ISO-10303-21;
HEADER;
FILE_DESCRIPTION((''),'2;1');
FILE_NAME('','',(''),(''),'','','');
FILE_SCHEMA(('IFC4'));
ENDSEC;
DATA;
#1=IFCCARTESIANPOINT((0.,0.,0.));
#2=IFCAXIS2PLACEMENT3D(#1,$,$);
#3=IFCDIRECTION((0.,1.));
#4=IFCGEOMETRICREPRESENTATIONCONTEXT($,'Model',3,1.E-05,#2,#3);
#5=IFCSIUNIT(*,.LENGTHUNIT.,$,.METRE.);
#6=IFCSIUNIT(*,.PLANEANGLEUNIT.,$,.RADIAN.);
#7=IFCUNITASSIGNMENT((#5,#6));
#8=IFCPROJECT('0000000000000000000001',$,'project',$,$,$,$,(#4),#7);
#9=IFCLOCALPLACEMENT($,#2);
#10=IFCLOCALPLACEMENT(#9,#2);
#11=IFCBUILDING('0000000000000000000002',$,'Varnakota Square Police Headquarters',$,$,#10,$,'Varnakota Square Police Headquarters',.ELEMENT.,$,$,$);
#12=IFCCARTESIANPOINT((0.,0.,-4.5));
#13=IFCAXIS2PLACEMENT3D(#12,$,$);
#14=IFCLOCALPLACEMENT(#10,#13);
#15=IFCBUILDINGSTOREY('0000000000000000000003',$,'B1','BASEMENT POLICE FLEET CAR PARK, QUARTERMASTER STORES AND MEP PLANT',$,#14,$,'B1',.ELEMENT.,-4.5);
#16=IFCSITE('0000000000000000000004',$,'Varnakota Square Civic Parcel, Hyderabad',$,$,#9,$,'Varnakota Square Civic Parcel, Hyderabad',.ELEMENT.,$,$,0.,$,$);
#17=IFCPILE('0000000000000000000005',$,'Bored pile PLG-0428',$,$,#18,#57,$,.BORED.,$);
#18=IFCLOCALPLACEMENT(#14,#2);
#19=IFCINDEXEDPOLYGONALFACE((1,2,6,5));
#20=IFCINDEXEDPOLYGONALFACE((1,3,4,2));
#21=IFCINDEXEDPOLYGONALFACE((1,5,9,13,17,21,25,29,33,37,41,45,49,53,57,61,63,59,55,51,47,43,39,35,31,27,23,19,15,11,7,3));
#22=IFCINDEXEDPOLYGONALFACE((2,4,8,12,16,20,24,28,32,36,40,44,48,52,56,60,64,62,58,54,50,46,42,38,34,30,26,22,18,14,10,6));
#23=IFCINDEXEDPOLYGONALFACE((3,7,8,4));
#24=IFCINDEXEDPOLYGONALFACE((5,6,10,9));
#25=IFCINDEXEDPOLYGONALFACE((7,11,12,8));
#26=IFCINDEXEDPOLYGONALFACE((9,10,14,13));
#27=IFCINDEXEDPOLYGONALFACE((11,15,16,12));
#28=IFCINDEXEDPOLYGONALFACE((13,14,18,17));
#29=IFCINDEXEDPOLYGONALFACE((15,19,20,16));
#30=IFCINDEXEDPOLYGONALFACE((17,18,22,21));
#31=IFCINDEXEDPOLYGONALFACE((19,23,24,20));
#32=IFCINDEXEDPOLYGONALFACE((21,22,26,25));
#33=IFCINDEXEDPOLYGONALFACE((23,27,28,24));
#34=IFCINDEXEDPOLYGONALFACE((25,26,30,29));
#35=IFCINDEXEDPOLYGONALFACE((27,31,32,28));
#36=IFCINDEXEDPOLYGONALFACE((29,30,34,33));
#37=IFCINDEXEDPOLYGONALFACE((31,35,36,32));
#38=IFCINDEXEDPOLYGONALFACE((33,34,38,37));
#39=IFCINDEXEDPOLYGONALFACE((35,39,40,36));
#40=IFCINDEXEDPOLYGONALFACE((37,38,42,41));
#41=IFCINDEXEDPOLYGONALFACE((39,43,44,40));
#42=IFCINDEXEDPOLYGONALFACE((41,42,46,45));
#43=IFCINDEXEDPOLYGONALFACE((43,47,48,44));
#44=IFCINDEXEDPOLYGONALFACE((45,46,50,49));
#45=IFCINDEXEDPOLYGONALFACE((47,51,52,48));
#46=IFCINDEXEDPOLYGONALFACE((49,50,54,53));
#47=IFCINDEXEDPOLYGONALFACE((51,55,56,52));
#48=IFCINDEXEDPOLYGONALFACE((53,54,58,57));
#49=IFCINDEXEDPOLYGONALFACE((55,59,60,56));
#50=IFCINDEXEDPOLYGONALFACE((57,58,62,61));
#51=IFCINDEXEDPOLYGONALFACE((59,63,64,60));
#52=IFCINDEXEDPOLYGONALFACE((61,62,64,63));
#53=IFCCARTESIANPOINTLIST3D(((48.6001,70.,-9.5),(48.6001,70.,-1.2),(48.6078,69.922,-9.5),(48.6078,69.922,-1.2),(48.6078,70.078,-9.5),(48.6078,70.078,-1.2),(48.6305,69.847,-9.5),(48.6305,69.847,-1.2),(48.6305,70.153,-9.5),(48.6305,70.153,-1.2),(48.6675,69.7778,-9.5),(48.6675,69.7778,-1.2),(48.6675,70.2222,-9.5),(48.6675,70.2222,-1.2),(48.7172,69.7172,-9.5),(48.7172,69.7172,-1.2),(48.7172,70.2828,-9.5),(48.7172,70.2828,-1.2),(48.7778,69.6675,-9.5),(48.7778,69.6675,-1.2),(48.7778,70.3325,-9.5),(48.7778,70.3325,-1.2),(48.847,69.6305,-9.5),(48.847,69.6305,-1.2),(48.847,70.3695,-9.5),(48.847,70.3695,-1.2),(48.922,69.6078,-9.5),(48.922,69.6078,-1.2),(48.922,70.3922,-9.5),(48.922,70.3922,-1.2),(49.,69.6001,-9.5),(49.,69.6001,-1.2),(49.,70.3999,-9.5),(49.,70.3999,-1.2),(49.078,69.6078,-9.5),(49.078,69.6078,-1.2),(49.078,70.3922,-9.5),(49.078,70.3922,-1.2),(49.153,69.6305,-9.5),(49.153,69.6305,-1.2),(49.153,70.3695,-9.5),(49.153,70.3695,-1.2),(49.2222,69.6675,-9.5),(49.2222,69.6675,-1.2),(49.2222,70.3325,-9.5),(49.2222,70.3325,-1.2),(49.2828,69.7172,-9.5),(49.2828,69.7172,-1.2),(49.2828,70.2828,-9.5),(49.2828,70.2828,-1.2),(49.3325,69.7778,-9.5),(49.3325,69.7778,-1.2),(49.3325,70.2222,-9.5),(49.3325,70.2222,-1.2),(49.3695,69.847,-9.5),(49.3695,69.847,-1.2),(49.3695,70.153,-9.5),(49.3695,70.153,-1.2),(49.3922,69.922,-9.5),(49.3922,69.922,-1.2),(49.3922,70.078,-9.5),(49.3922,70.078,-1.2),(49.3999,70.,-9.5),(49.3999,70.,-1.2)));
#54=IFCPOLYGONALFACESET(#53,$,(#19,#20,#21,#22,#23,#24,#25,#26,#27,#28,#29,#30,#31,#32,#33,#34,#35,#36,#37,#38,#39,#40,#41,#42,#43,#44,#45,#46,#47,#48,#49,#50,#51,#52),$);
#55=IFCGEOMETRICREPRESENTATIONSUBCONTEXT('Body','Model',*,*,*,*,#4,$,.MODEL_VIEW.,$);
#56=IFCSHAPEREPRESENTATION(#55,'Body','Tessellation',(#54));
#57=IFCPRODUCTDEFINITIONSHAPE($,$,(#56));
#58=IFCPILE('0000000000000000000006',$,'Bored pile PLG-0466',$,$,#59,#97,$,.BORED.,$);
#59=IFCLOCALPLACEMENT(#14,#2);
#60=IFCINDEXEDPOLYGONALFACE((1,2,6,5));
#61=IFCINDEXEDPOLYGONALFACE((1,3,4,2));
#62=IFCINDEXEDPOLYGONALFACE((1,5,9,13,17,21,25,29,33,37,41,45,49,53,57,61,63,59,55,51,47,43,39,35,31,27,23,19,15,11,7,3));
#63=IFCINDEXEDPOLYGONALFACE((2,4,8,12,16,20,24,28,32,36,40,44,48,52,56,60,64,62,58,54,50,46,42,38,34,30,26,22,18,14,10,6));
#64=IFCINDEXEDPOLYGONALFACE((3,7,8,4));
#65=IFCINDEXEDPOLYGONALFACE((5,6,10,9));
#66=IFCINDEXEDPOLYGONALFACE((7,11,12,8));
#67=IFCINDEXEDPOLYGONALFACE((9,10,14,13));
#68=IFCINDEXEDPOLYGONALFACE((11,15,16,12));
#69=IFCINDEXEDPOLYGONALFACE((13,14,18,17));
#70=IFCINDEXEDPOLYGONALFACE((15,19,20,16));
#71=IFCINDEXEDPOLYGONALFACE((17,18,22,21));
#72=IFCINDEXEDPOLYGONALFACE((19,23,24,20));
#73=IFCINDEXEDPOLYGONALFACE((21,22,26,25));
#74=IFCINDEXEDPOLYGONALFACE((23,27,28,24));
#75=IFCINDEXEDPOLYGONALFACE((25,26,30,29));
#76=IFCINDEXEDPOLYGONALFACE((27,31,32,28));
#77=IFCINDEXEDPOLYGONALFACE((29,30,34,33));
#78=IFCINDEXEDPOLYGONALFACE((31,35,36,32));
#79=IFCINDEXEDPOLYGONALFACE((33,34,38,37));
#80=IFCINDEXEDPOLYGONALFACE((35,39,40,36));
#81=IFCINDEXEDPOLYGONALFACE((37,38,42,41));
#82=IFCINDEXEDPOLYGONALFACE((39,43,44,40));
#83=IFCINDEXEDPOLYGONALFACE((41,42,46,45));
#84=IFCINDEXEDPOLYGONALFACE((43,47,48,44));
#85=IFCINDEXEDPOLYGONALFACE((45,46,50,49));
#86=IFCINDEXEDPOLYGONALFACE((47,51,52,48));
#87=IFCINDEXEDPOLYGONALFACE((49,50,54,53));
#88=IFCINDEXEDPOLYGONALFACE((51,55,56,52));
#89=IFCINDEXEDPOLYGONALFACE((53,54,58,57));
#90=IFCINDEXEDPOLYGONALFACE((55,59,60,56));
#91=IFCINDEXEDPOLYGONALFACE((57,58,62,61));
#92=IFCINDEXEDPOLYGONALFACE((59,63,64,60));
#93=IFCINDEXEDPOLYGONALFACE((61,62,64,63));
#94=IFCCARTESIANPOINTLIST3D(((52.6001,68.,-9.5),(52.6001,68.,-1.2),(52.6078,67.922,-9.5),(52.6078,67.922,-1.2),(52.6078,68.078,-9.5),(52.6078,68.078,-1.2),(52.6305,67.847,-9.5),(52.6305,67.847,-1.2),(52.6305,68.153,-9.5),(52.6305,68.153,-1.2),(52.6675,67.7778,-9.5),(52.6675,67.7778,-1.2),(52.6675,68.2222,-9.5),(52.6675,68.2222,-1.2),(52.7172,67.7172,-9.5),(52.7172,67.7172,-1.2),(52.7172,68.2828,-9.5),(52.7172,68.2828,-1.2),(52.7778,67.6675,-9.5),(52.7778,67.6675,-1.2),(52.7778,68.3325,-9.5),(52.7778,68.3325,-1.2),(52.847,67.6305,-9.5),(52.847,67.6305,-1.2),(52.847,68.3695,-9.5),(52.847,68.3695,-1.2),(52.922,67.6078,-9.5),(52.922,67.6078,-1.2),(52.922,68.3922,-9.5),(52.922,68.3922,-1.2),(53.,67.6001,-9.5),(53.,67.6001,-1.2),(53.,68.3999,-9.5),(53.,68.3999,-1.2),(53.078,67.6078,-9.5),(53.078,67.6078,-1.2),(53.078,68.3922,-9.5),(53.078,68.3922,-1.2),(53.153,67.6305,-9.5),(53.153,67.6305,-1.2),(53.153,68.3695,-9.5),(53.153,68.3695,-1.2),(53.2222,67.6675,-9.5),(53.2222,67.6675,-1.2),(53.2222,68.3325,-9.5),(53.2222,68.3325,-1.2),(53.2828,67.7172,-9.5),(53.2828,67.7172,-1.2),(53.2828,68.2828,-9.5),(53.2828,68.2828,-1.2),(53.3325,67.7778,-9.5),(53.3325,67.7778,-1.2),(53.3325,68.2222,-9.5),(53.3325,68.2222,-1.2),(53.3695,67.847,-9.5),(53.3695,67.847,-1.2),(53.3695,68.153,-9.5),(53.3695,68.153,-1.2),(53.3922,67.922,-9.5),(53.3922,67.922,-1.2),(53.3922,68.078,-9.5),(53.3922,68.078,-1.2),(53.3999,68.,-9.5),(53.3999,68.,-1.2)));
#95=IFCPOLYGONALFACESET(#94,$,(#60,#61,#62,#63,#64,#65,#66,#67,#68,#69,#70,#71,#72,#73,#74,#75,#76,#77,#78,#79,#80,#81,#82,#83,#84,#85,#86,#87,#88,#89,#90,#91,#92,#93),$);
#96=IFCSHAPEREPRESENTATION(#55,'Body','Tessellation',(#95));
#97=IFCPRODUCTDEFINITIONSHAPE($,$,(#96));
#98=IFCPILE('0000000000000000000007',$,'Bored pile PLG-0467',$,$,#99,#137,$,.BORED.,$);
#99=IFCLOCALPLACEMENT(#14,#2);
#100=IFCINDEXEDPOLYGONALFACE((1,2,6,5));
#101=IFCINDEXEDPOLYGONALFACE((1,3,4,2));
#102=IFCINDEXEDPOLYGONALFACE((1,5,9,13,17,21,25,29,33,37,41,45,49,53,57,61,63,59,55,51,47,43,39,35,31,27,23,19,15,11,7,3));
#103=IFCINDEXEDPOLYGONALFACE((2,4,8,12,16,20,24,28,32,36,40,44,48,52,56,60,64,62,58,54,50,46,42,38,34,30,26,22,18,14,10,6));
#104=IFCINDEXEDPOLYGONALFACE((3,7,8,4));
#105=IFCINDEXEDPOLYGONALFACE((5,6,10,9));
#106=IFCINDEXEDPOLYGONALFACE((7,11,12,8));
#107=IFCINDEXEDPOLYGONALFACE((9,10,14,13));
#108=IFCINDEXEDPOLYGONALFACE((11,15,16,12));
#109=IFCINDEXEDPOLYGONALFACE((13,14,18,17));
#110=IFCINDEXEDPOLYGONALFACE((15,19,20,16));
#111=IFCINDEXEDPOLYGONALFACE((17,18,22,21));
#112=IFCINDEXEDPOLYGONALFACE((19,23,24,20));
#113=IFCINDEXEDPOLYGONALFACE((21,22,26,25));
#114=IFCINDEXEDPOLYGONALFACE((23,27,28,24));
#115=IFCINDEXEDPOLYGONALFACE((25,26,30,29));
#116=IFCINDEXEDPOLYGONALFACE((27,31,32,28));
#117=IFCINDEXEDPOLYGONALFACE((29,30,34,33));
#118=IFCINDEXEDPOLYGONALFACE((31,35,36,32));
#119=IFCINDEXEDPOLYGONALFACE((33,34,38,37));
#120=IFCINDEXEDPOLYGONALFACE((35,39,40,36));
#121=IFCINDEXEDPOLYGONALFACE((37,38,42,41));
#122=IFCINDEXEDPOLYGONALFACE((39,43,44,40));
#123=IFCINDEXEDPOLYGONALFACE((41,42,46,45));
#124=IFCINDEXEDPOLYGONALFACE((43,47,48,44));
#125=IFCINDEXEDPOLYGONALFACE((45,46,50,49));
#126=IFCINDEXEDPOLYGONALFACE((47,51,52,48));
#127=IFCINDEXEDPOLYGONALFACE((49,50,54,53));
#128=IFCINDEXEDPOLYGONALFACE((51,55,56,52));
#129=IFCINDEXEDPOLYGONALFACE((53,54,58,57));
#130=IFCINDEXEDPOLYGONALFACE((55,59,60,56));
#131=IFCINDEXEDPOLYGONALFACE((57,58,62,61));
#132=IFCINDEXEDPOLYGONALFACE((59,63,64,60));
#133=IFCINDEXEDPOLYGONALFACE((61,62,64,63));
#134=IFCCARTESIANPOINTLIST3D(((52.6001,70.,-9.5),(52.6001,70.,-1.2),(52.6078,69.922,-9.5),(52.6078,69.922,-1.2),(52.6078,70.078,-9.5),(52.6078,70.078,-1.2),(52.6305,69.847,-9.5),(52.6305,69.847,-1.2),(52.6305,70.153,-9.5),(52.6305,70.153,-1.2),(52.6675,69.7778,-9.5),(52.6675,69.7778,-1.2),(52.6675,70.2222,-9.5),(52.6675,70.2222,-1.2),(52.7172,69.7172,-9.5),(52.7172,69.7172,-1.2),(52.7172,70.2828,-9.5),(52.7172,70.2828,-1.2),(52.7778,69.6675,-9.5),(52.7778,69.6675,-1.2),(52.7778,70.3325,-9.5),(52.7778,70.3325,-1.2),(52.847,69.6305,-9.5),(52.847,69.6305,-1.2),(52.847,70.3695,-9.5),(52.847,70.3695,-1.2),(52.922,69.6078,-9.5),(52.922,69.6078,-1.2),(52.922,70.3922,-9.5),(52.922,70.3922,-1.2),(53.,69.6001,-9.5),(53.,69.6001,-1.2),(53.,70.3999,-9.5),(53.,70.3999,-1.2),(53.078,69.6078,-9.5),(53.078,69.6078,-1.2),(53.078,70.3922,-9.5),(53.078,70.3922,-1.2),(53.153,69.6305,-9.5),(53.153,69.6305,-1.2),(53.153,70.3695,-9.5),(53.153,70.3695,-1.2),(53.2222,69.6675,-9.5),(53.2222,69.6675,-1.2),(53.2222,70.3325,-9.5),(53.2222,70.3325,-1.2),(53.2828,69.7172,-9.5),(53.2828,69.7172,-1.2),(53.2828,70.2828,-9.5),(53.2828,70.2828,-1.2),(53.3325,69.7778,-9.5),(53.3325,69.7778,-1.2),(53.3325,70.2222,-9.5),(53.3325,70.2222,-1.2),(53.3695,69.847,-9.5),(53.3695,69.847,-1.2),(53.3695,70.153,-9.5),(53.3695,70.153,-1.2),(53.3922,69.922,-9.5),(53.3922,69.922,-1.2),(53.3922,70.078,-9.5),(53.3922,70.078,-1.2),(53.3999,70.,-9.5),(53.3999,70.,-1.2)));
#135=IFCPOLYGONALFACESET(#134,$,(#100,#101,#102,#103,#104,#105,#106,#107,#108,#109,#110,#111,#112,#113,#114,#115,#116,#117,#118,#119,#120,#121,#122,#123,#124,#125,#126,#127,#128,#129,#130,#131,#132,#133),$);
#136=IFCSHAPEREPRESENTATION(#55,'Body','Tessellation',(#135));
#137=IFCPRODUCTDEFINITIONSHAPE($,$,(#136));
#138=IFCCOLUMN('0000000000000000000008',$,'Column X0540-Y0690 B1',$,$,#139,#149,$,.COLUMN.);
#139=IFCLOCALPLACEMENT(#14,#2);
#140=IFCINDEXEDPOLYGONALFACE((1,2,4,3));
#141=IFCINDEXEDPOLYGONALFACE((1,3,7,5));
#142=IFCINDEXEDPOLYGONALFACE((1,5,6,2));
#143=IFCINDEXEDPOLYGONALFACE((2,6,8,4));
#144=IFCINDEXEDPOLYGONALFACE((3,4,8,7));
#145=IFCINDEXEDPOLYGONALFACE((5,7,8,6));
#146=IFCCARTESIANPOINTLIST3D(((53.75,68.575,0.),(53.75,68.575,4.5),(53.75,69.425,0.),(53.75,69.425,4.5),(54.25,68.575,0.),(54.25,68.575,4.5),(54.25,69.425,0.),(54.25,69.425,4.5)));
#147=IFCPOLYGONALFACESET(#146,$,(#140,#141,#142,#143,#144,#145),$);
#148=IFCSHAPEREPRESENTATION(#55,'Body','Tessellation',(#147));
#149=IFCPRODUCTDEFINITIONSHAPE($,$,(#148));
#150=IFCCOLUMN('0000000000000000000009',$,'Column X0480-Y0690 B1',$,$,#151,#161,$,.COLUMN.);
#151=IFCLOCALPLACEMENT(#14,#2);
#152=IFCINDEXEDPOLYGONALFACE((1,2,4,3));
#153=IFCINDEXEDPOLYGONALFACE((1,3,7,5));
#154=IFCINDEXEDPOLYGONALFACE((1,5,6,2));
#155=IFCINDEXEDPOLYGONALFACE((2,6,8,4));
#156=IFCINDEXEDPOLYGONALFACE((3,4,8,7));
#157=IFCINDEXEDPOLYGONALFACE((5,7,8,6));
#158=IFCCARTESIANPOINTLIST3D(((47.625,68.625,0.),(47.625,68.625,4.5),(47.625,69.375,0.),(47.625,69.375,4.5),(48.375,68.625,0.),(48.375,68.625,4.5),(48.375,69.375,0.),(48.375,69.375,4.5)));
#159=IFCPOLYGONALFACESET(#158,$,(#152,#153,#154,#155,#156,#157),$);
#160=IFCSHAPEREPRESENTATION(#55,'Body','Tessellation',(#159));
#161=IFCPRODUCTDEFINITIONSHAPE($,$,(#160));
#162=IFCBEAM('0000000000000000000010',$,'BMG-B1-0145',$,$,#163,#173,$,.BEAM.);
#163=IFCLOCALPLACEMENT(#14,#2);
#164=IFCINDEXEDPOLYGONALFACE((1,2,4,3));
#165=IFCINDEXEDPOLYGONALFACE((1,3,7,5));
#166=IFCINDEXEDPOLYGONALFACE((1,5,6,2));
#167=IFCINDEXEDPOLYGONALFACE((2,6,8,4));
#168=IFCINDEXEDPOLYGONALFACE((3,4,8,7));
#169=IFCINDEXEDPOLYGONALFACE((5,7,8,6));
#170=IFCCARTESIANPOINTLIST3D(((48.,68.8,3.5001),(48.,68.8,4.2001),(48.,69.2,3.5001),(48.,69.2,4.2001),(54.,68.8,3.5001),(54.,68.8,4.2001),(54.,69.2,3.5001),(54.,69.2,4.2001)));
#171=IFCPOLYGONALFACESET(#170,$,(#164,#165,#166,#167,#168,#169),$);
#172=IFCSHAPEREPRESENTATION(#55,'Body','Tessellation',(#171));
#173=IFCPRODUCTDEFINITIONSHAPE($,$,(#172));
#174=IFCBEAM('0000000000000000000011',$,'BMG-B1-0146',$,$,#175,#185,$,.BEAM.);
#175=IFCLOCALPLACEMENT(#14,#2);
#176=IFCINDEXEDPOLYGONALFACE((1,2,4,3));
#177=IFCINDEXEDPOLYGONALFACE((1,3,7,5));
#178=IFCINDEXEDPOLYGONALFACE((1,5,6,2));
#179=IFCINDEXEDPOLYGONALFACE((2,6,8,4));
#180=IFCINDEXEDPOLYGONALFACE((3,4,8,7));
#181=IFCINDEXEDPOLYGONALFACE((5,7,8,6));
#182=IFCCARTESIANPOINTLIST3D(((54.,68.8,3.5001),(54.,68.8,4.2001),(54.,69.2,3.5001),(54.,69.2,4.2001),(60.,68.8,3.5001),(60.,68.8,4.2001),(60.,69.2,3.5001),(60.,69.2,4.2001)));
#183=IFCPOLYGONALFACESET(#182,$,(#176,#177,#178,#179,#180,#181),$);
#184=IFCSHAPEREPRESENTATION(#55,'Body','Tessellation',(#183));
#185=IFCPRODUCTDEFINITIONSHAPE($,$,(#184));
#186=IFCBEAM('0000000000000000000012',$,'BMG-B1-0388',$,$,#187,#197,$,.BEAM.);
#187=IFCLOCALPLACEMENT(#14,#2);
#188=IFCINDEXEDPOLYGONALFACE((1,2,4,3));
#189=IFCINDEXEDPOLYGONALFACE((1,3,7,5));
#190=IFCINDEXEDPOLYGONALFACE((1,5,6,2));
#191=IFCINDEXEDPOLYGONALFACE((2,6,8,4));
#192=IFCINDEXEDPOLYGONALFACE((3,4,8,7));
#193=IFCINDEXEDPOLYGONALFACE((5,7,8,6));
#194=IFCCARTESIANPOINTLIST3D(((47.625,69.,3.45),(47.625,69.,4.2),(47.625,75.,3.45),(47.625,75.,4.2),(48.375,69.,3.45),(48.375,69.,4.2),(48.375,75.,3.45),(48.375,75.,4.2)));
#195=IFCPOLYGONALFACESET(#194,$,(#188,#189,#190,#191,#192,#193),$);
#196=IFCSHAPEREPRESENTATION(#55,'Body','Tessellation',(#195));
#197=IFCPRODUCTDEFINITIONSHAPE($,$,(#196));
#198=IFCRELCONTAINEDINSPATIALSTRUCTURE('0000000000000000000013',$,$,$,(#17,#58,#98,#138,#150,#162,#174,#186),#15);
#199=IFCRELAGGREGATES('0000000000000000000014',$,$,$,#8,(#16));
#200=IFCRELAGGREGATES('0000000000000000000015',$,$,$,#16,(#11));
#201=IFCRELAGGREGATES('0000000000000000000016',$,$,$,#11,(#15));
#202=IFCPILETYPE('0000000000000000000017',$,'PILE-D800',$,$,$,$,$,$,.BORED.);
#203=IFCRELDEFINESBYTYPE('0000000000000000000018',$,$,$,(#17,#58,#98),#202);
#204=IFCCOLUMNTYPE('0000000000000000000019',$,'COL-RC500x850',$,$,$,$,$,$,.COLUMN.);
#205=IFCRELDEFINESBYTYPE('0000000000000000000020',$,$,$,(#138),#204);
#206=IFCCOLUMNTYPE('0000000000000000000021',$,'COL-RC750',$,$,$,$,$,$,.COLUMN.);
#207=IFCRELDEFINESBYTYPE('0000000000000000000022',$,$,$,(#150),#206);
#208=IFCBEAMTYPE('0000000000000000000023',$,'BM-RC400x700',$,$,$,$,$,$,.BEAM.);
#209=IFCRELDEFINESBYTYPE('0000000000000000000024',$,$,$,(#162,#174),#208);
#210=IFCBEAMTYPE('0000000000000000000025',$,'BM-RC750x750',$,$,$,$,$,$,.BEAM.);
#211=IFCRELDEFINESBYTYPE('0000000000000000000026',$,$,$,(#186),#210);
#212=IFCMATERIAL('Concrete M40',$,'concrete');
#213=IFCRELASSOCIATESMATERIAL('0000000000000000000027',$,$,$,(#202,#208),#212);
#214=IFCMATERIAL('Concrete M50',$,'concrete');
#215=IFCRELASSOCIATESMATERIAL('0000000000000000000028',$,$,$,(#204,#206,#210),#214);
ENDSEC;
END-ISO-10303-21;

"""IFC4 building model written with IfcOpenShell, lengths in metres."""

from ifc_helpers import new_model, si_unit, direction, frame, origin, origin_2d, place, context, subcontext, project, spatial, rectangle, circle, extrude, material, material_profile, profile_set, type_object, element, save


model = new_model("IFC4")

# Units and contexts
model_context = context("Model", 3, precision=1e-05, world=origin(), true_north=direction((0.0, 1.0)))
body_context = subcontext(model_context, "Body", "Model", "MODEL_VIEW")
ifc_project = project(units=[si_unit("LENGTHUNIT", "METRE"), si_unit("PLANEANGLEUNIT", "RADIAN")], contexts=[model_context])

# Site, building, storey
site_placement = place(None, origin())
site = spatial("IfcSite", under=ifc_project, at=site_placement, Name="Varnakota Square Civic Parcel, Hyderabad", LongName="Varnakota Square Civic Parcel, Hyderabad", CompositionType="ELEMENT", RefElevation=0.0)
building_placement = place(site_placement, origin())
building = spatial("IfcBuilding", under=site, at=building_placement, Name="Varnakota Square Police Headquarters", LongName="Varnakota Square Police Headquarters", CompositionType="ELEMENT")
storey_placement = place(building_placement, frame((0.0, 0.0, -4.5)))
storey = spatial("IfcBuildingStorey", under=building, at=storey_placement, Name="B1", Description="BASEMENT POLICE FLEET CAR PARK, QUARTERMASTER STORES AND MEP PLANT", LongName="B1", CompositionType="ELEMENT", Elevation=-4.5)

# Shared definitions
ifc_material_1 = material(Name="Concrete M40", Category="concrete")

# Piles
ifc_material_2 = material(Name="Concrete M50", Category="concrete")
ifc_material_profile_1 = material_profile(ifc_material_1, circle(Radius=0.3999, at=origin_2d()), Name="BORED PILE 800")
ifc_profile_set_1 = profile_set([ifc_material_profile_1], Name="Concrete M40")
pile_type_1 = type_object("IfcPileType", Name="PILE-D800", PredefinedType="BORED", material=ifc_profile_set_1)
for number, where, z_axis, x_axis, name in (
    (1, (49.0, 70.0, -1.2), (0.0, 0.0, -1.0), (1.0, 0.0, 0.0), "Bored pile PLG-0428"),
    (2, (53.0, 68.0, -1.2), (0.0, 0.0, -1.0), (1.0, 0.0, 0.0), "Bored pile PLG-0466"),
    (3, (53.0, 70.0, -1.2), (0.0, 0.0, -1.0), (1.0, 0.0, 0.0), "Bored pile PLG-0467"),
):
    element("IfcPile", number, at=place(storey_placement, frame(where, z_axis=z_axis, x_axis=x_axis)), inside=storey, type_object=pile_type_1, Name=name, PredefinedType="BORED", context=body_context, shape_type="SweptSolid", body=[
        extrude(circle(Radius=0.3999, at=origin_2d()), origin(), (0.0, 0.0, 1.0), 8.3),
    ])

# Columns
ifc_material_profile_2 = material_profile(ifc_material_2, rectangle(XDim=0.5, YDim=0.8501, at=origin_2d()), Name="RC 500x850")
ifc_profile_set_2 = profile_set([ifc_material_profile_2], Name="Concrete M50")
column_type_1 = type_object("IfcColumnType", Name="COL-RC500x850", PredefinedType="COLUMN", material=ifc_profile_set_2)
column_1_placement = place(storey_placement, frame((54.0, 69.0, 0.0), z_axis=(0.0, 0.0, 1.0), x_axis=(1.0, 0.0, 0.0)))
element("IfcColumn", 4, at=column_1_placement, inside=storey, type_object=column_type_1, Name="Column X0540-Y0690 B1", PredefinedType="COLUMN", context=body_context, shape_type="SweptSolid", body=[
    extrude(rectangle(XDim=0.5, YDim=0.8501, at=origin_2d()), origin(), (0.0, 0.0, 1.0), 4.5),
])
ifc_material_profile_3 = material_profile(ifc_material_2, rectangle(XDim=0.75, YDim=0.75, at=origin_2d()), Name="RC 750x750")
ifc_profile_set_3 = profile_set([ifc_material_profile_3], Name="Concrete M50")
column_type_2 = type_object("IfcColumnType", Name="COL-RC750", PredefinedType="COLUMN", material=ifc_profile_set_3)
column_2_placement = place(storey_placement, frame((48.0, 69.0, 0.0), z_axis=(0.0, 0.0, 1.0), x_axis=(1.0, 0.0, 0.0)))
element("IfcColumn", 5, at=column_2_placement, inside=storey, type_object=column_type_2, Name="Column X0480-Y0690 B1", PredefinedType="COLUMN", context=body_context, shape_type="SweptSolid", body=[
    extrude(rectangle(XDim=0.75, YDim=0.75, at=origin_2d()), origin(), (0.0, 0.0, 1.0), 4.5),
])

# Beams
ifc_material_profile_4 = material_profile(ifc_material_1, rectangle(XDim=0.3999, YDim=0.7, at=origin_2d()), Name="RC 400x700")
ifc_profile_set_4 = profile_set([ifc_material_profile_4], Name="Concrete M40")
beam_type_1 = type_object("IfcBeamType", Name="BM-RC400x700", PredefinedType="BEAM", material=ifc_profile_set_4)
for number, where, z_axis, x_axis, name in (
    (6, (48.0, 69.0, 3.8501), (1.0, 0.0, 0.0), (0.0, 1.0, 0.0), "BMG-B1-0145"),
    (7, (54.0, 69.0, 3.8501), (1.0, 0.0, 0.0), (0.0, 1.0, 0.0), "BMG-B1-0146"),
):
    element("IfcBeam", number, at=place(storey_placement, frame(where, z_axis=z_axis, x_axis=x_axis)), inside=storey, type_object=beam_type_1, Name=name, PredefinedType="BEAM", context=body_context, shape_type="SweptSolid", body=[
        extrude(rectangle(XDim=0.3999, YDim=0.7, at=origin_2d()), origin(), (0.0, 0.0, 1.0), 6.0),
    ])
ifc_material_profile_5 = material_profile(ifc_material_2, rectangle(XDim=0.75, YDim=0.75, at=origin_2d()), Name="RC 750x750")
ifc_profile_set_5 = profile_set([ifc_material_profile_5], Name="Concrete M50")
beam_type_2 = type_object("IfcBeamType", Name="BM-RC750x750", PredefinedType="BEAM", material=ifc_profile_set_5)
for number, where, z_axis, x_axis, name in (
    (8, (48.0, 69.0, 3.825), (0.0, 1.0, 0.0), (-1.0, 0.0, 0.0), "BMG-B1-0388"),
):
    element("IfcBeam", number, at=place(storey_placement, frame(where, z_axis=z_axis, x_axis=x_axis)), inside=storey, type_object=beam_type_2, Name=name, PredefinedType="BEAM", context=body_context, shape_type="SweptSolid", body=[
        extrude(rectangle(XDim=0.75, YDim=0.75, at=origin_2d()), origin(), (0.0, 0.0, 1.0), 6.0),
    ])

save(model, "model.ifc")
